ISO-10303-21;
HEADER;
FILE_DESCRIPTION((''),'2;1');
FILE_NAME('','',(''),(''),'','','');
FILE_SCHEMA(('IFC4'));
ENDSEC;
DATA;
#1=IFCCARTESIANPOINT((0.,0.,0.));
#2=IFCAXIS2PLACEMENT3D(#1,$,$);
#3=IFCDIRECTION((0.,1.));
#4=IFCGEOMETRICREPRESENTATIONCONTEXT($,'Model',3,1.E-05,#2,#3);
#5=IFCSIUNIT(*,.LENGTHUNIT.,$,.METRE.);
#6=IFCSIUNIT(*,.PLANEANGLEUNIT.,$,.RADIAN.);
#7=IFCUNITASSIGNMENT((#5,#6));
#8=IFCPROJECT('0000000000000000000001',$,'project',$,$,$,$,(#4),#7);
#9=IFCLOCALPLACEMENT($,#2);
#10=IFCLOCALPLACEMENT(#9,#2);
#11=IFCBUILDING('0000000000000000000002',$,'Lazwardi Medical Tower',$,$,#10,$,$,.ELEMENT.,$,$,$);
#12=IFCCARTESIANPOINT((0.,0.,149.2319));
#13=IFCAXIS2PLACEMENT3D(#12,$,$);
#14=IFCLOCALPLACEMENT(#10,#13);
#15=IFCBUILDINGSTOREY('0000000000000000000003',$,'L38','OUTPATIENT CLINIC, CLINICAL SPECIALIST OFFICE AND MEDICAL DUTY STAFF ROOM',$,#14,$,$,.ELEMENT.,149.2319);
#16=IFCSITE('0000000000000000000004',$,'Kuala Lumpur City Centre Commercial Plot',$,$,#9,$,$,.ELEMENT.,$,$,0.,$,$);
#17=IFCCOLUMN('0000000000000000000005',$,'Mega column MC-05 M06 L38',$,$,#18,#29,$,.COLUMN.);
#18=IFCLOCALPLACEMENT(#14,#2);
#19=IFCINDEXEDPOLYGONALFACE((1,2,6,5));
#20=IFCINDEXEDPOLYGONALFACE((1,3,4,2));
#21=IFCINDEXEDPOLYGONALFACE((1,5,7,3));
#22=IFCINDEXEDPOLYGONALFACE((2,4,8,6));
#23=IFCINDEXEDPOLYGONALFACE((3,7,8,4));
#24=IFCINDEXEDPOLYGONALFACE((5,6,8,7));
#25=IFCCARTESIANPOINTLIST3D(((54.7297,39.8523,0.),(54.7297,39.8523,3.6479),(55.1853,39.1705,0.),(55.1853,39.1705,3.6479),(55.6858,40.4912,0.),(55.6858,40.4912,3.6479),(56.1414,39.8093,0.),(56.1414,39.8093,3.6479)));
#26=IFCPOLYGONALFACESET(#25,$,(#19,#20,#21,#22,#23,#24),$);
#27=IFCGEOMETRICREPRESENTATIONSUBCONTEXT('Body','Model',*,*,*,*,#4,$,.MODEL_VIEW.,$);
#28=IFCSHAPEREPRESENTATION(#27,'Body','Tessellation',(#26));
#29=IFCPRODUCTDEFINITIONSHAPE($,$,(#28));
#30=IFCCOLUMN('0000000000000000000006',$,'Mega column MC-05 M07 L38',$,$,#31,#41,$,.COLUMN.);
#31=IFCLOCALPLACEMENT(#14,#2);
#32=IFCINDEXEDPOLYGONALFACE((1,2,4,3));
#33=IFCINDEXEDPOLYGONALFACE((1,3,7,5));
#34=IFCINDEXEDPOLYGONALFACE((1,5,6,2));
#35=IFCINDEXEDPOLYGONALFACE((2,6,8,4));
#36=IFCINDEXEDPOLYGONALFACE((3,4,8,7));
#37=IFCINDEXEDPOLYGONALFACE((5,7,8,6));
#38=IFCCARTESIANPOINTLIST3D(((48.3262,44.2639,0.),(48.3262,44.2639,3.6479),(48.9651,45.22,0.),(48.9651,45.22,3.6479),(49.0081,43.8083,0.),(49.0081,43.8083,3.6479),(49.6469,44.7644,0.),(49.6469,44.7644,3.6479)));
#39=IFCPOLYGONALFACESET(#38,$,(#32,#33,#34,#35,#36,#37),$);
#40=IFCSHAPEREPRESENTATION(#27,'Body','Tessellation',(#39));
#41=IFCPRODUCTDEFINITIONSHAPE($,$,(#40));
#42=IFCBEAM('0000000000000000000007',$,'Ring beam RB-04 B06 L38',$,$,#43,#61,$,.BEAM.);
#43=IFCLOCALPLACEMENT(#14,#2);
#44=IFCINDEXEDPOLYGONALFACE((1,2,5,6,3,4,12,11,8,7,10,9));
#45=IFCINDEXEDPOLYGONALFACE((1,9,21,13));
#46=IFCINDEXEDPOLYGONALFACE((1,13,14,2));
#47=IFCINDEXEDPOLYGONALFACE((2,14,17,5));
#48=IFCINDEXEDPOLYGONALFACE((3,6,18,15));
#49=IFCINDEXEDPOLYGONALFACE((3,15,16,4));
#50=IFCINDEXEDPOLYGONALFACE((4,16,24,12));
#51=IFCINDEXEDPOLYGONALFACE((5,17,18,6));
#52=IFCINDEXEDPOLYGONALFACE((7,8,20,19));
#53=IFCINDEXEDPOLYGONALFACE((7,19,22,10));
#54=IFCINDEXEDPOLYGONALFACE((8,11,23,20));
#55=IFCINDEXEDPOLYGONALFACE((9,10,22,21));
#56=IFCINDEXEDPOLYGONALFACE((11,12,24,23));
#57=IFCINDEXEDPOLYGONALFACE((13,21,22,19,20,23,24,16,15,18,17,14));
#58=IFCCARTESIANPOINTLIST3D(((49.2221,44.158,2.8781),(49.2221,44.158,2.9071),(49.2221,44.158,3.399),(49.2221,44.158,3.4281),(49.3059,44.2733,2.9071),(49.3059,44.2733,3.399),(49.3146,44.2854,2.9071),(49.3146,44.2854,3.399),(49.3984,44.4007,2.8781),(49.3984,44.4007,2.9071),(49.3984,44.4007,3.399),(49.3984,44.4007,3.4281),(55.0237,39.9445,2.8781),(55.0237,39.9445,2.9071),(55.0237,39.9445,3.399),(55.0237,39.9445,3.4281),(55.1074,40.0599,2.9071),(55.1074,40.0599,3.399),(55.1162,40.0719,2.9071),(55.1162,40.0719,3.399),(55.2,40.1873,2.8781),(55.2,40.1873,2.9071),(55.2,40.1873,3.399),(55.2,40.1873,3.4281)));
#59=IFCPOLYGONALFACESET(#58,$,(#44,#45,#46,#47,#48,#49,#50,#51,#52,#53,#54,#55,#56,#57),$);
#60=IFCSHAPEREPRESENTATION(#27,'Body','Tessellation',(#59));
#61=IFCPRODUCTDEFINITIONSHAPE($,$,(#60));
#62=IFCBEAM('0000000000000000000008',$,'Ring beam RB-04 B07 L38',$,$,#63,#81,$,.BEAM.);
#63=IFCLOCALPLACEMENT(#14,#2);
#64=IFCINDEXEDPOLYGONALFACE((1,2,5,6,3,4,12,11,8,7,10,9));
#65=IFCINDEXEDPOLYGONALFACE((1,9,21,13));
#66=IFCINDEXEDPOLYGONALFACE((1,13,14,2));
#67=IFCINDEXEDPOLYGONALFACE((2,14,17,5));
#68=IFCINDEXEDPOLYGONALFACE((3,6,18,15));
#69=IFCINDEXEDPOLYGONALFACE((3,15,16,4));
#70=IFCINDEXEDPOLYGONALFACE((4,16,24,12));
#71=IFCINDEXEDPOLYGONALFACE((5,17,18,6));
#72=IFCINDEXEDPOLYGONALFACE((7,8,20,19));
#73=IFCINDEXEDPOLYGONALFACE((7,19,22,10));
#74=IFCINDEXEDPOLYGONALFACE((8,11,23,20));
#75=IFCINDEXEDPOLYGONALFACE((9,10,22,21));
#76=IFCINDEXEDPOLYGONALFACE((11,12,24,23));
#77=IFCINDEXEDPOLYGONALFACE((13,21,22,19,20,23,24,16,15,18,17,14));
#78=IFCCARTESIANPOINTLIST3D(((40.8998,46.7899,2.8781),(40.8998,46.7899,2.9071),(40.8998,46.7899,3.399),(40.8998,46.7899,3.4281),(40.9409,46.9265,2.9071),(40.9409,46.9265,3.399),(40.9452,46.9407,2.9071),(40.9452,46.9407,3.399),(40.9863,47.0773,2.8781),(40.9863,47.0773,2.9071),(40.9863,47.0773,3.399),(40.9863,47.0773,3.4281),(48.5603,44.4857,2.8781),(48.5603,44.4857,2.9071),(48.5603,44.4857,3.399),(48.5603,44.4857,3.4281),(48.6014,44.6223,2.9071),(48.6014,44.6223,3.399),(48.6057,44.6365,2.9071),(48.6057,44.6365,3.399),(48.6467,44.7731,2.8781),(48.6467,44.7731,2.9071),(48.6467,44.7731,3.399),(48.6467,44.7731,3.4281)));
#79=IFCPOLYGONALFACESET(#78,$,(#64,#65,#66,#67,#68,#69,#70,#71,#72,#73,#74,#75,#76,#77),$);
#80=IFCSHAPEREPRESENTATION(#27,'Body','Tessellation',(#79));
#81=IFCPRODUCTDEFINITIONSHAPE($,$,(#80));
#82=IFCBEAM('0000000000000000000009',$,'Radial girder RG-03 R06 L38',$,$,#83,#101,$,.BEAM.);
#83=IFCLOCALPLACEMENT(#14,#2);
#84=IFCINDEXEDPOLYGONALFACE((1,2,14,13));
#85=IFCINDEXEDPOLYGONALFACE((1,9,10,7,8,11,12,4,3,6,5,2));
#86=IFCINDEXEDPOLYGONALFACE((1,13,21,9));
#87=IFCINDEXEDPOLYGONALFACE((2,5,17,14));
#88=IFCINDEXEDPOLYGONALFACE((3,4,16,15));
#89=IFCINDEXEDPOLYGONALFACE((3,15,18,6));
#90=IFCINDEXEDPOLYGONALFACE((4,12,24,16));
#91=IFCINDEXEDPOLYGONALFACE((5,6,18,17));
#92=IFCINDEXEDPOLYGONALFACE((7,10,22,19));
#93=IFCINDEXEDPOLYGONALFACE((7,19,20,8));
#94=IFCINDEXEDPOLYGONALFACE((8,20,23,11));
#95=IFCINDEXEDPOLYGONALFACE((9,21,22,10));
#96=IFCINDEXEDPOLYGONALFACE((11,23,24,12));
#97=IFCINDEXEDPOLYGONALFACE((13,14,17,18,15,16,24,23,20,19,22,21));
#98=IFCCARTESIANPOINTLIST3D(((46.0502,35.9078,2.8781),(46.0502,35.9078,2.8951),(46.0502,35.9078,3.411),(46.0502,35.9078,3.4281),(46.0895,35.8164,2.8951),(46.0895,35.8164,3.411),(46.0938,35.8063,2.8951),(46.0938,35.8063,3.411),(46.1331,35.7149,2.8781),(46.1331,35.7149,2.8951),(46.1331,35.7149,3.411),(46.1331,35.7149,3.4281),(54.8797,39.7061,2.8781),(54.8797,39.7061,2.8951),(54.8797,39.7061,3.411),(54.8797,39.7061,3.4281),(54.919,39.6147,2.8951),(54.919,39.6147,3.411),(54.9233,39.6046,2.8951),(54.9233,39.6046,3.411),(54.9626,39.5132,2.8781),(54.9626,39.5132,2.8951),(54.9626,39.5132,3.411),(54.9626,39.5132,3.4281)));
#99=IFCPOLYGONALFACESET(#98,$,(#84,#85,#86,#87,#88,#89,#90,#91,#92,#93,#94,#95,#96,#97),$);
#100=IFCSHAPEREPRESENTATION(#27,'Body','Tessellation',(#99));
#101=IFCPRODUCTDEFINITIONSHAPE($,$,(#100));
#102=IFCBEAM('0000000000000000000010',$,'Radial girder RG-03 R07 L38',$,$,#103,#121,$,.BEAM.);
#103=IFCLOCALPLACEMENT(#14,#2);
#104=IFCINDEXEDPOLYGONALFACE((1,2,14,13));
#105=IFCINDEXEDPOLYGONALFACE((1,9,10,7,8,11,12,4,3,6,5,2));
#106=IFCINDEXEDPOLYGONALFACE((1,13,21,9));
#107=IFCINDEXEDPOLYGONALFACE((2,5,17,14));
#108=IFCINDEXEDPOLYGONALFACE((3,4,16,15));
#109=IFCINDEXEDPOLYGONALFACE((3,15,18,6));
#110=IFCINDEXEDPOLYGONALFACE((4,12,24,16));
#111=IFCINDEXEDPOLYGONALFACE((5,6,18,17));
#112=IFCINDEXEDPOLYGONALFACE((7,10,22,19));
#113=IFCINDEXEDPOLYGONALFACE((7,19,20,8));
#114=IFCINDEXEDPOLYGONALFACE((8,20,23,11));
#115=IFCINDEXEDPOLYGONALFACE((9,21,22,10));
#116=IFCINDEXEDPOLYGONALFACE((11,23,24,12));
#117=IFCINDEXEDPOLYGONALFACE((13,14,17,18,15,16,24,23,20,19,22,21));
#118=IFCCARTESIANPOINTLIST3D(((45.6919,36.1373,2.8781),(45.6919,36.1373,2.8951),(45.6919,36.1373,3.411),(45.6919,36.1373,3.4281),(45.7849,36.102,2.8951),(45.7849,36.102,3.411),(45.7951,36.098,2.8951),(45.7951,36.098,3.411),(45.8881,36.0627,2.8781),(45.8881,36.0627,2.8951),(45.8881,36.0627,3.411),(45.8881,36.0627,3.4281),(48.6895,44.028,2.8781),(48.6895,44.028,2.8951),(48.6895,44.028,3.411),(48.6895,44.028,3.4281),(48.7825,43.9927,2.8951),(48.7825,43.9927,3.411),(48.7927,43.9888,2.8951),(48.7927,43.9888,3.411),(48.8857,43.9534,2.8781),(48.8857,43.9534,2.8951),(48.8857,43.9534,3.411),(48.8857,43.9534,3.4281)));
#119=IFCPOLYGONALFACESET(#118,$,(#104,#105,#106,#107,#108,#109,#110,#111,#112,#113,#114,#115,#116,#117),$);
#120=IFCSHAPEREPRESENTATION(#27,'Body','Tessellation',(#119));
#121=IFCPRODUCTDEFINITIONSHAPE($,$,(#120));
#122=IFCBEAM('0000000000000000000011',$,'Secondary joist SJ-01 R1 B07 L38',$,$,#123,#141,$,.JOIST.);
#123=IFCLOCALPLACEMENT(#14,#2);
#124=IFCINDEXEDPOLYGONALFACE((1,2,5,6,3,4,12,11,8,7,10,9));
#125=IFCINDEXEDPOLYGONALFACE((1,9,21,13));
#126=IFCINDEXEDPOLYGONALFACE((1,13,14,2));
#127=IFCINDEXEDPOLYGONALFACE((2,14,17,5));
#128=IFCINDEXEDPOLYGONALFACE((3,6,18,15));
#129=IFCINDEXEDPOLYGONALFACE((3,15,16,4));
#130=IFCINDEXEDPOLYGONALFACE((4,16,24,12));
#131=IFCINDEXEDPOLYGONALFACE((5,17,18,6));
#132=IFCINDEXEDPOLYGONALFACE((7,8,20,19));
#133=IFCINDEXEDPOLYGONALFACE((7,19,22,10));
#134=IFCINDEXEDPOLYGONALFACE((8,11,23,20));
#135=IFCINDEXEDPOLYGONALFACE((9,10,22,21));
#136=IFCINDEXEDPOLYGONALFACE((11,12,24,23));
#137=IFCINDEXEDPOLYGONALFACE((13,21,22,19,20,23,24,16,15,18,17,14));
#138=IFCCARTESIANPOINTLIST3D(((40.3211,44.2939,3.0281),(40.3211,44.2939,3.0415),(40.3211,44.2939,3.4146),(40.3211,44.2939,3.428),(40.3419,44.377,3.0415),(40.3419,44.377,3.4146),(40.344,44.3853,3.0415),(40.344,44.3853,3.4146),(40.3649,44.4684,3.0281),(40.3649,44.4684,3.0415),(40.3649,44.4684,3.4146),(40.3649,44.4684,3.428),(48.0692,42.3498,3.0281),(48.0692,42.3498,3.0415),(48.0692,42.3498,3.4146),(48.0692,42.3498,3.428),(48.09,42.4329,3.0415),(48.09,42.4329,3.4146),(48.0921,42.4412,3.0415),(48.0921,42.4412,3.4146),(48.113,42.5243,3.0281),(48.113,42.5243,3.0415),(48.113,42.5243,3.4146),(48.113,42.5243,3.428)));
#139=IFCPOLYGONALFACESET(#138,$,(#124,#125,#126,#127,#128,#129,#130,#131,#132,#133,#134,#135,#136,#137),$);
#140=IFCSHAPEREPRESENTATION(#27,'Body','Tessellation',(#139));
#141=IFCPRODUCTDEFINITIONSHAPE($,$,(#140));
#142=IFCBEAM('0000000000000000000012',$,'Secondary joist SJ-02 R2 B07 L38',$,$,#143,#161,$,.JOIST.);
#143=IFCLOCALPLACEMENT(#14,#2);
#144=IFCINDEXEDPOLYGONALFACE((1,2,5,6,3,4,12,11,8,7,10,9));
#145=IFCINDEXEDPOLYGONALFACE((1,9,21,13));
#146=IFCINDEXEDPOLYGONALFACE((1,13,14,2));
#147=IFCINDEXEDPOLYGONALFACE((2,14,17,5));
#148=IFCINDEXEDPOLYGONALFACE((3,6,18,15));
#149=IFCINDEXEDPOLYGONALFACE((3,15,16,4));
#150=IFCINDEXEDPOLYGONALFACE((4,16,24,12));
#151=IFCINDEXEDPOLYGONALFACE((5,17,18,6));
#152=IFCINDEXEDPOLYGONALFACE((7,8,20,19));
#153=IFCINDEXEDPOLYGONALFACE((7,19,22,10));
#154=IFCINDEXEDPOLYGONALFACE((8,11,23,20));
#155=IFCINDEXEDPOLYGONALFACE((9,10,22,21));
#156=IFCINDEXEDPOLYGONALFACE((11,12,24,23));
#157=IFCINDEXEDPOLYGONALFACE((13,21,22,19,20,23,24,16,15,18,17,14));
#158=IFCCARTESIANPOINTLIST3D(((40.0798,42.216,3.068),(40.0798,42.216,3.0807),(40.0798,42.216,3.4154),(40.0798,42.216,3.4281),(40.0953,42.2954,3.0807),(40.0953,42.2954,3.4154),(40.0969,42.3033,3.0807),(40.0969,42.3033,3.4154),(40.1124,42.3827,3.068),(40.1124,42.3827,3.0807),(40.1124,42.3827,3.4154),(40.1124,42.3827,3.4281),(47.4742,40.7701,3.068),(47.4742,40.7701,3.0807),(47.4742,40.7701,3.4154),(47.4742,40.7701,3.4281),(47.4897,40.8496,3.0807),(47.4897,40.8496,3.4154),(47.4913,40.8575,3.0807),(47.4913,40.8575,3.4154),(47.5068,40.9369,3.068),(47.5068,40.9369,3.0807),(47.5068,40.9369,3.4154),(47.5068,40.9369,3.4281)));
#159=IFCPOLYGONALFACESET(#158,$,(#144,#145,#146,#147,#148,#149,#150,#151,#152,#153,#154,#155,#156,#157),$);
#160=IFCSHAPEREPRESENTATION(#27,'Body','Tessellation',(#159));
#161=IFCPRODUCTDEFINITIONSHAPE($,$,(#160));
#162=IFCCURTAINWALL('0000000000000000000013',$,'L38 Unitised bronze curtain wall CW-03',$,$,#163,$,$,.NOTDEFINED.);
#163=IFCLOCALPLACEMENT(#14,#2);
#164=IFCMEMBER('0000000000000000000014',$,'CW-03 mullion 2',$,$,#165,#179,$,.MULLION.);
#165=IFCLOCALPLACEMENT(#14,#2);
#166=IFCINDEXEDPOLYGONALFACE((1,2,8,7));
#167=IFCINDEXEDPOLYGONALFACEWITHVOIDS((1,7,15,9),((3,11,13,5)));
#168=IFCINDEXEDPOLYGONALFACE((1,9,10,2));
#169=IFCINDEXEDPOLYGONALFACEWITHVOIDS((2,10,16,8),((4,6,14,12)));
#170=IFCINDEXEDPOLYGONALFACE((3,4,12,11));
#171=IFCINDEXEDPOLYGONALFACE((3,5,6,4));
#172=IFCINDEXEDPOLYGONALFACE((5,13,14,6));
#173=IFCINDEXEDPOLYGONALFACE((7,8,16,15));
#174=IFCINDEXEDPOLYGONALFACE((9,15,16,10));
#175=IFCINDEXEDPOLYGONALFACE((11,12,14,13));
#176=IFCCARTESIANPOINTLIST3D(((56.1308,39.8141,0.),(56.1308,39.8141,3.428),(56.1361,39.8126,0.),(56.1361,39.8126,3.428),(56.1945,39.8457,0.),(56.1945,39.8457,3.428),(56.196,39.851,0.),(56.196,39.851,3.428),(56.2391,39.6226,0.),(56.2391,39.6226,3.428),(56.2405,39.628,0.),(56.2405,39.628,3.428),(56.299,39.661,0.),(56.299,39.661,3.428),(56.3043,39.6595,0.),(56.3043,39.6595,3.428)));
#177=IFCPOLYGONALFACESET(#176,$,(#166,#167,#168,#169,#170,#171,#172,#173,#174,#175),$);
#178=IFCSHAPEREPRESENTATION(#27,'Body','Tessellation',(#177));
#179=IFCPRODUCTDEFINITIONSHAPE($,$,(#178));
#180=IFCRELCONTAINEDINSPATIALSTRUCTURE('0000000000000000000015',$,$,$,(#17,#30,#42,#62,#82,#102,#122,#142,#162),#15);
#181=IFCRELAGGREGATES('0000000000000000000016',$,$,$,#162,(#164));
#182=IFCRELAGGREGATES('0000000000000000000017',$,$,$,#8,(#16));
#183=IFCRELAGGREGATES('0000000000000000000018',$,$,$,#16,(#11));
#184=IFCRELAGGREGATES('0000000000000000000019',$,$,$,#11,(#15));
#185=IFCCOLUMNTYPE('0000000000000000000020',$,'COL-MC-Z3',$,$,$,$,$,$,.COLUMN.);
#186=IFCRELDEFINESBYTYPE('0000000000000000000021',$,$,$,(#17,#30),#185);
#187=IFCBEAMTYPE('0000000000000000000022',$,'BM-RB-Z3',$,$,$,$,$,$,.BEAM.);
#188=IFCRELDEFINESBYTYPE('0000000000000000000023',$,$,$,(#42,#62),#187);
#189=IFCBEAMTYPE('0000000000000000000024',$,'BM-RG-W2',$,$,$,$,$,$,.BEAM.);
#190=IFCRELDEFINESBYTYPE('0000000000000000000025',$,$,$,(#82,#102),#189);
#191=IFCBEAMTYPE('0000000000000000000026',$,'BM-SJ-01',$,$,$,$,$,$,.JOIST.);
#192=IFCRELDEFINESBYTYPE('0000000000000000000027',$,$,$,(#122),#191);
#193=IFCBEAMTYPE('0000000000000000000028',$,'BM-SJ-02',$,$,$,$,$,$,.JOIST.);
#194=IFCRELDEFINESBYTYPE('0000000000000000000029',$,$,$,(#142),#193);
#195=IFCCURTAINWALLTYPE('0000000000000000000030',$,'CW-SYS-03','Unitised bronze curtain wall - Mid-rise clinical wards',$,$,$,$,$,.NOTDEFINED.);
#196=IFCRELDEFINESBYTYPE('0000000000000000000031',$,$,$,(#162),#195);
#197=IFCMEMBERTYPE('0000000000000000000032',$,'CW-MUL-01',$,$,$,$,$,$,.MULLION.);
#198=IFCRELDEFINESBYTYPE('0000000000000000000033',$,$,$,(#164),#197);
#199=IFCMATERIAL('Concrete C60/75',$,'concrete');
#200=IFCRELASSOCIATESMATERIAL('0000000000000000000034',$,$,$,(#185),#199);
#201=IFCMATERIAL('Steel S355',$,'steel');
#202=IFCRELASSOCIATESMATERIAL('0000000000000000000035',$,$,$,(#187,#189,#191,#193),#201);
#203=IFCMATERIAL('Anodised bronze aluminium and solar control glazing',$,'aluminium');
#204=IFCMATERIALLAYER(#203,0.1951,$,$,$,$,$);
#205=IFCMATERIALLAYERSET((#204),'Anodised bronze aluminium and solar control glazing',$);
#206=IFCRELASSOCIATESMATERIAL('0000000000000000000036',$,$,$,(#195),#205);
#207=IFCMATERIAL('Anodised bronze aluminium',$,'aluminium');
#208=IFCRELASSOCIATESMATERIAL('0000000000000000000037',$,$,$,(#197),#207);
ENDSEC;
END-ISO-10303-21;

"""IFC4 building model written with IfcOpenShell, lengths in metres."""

from ifc_helpers import new_model, si_unit, direction, frame, origin, origin_2d, place, context, subcontext, project, spatial, rectangle, hollow_rectangle, i_section, extrude, material, layer, layer_set, material_profile, profile_set, type_object, element, aggregate, save


model = new_model("IFC4")

# Units and contexts
model_context = context("Model", 3, precision=1e-05, world=origin(), true_north=direction((0.0, 1.0)))
body_context = subcontext(model_context, "Body", "Model", "MODEL_VIEW")
ifc_project = project(units=[si_unit("LENGTHUNIT", "METRE"), si_unit("PLANEANGLEUNIT", "RADIAN")], contexts=[model_context])

# Site, building, storey
site_placement = place(None, origin())
site = spatial("IfcSite", under=ifc_project, at=site_placement, Name="Kuala Lumpur City Centre Commercial Plot", CompositionType="ELEMENT", RefElevation=0.0)
building_placement = place(site_placement, origin())
building = spatial("IfcBuilding", under=site, at=building_placement, Name="Lazwardi Medical Tower", CompositionType="ELEMENT")
storey_placement = place(building_placement, frame((0.0, 0.0, 149.2319)))
storey = spatial("IfcBuildingStorey", under=building, at=storey_placement, Name="L38", Description="OUTPATIENT CLINIC, CLINICAL SPECIALIST OFFICE AND MEDICAL DUTY STAFF ROOM", CompositionType="ELEMENT", Elevation=149.2319)

# Columns
ifc_material_1 = material(Name="Concrete C60/75", Category="concrete")
ifc_material_profile_1 = material_profile(ifc_material_1, rectangle(XDim=1.1499, YDim=0.8201, at=origin_2d()), Name="CFT-RECT 1150x820")
ifc_profile_set_1 = profile_set([ifc_material_profile_1], Name="Concrete C60/75")
column_type = type_object("IfcColumnType", Name="COL-MC-Z3", PredefinedType="COLUMN", material=ifc_profile_set_1)
for number, where, z_axis, x_axis, name in (
    (1, (55.4355, 39.8308, 0.0), (0.0, 0.0, 1.0), (0.83147, 0.55557, 0.0), "Mega column MC-05 M06 L38"),
    (2, (48.9866, 44.5142, 0.0), (0.0, 0.0, 1.0), (0.55557, 0.83147, 0.0), "Mega column MC-05 M07 L38"),
):
    element("IfcColumn", number, at=place(storey_placement, frame(where, z_axis=z_axis, x_axis=x_axis)), inside=storey, type_object=column_type, Name=name, PredefinedType="COLUMN", context=body_context, shape_type="SweptSolid", body=[
        extrude(rectangle(XDim=1.1499, YDim=0.8201, at=origin_2d()), origin(), (0.0, 0.0, 1.0), 3.6479),
    ])

# Beams
ifc_material_2 = material(Name="Steel S355", Category="steel")
ifc_material_profile_2 = material_profile(ifc_material_2, i_section(OverallWidth=0.3, OverallDepth=0.55, WebThickness=0.0149, FlangeThickness=0.0291, at=origin_2d()), Name="HEB 550")
ifc_profile_set_2 = profile_set([ifc_material_profile_2], Name="Steel S355")
beam_type_1 = type_object("IfcBeamType", Name="BM-RB-Z3", PredefinedType="BEAM", material=ifc_profile_set_2)
beam_1_placement = place(storey_placement, frame((55.1118, 40.0659, 3.1531), z_axis=(-0.809128, 0.587633, 0.0), x_axis=(-0.587633, -0.809128, 0.0)))
element("IfcBeam", 3, at=beam_1_placement, inside=storey, type_object=beam_type_1, Name="Ring beam RB-04 B06 L38", PredefinedType="BEAM", context=body_context, shape_type="SweptSolid", body=[
    extrude(i_section(OverallWidth=0.3, OverallDepth=0.55, WebThickness=0.0149, FlangeThickness=0.0291, at=origin_2d()), origin(), (0.0, 0.0, 1.0), 7.1702),
])
beam_2_placement = place(storey_placement, frame((48.6035, 44.6294, 3.1531), z_axis=(-0.957617, 0.288045, 0.0), x_axis=(-0.288045, -0.957617, 0.0)))
element("IfcBeam", 4, at=beam_2_placement, inside=storey, type_object=beam_type_1, Name="Ring beam RB-04 B07 L38", PredefinedType="BEAM", context=body_context, shape_type="SweptSolid", body=[
    extrude(i_section(OverallWidth=0.3, OverallDepth=0.55, WebThickness=0.0149, FlangeThickness=0.0291, at=origin_2d()), origin(), (0.0, 0.0, 1.0), 7.9995),
])
ifc_material_profile_3 = material_profile(ifc_material_2, i_section(OverallWidth=0.21, OverallDepth=0.55, WebThickness=0.011, FlangeThickness=0.0171, at=origin_2d()), Name="IPE 550")
ifc_profile_set_3 = profile_set([ifc_material_profile_3], Name="Steel S355")
beam_type_2 = type_object("IfcBeamType", Name="BM-RG-W2", PredefinedType="BEAM", material=ifc_profile_set_3)
beam_3_placement = place(storey_placement, frame((54.9211, 39.6096, 3.1531), z_axis=(-0.918608, -0.39517, 0.0), x_axis=(0.39517, -0.918608, 0.0)))
element("IfcBeam", 5, at=beam_3_placement, inside=storey, type_object=beam_type_2, Name="Radial girder RG-03 R06 L38", PredefinedType="BEAM", context=body_context, shape_type="SweptSolid", body=[
    extrude(i_section(OverallWidth=0.21, OverallDepth=0.55, WebThickness=0.011, FlangeThickness=0.0171, at=origin_2d()), origin(), (0.0, 0.0, 1.0), 9.6118),
])
beam_4_placement = place(storey_placement, frame((48.7876, 43.9907, 3.1531), z_axis=(-0.355127, -0.934818, 0.0), x_axis=(0.934818, -0.355127, 0.0)))
element("IfcBeam", 6, at=beam_4_placement, inside=storey, type_object=beam_type_2, Name="Radial girder RG-03 R07 L38", PredefinedType="BEAM", context=body_context, shape_type="SweptSolid", body=[
    extrude(i_section(OverallWidth=0.21, OverallDepth=0.55, WebThickness=0.011, FlangeThickness=0.0171, at=origin_2d()), origin(), (0.0, 0.0, 1.0), 8.4409),
])
ifc_material_profile_4 = material_profile(ifc_material_2, i_section(OverallWidth=0.1799, OverallDepth=0.3999, WebThickness=0.0085, FlangeThickness=0.0134, at=origin_2d()), Name="IPE 400")
ifc_profile_set_4 = profile_set([ifc_material_profile_4], Name="Steel S355")
beam_type_3 = type_object("IfcBeamType", Name="BM-SJ-01", PredefinedType="JOIST", material=ifc_profile_set_4)
beam_5_placement = place(storey_placement, frame((48.0911, 42.437, 3.228), z_axis=(-0.969934, 0.24337, 0.0), x_axis=(-0.24337, -0.969934, 0.0)))
element("IfcBeam", 7, at=beam_5_placement, inside=storey, type_object=beam_type_3, Name="Secondary joist SJ-01 R1 B07 L38", PredefinedType="JOIST", context=body_context, shape_type="SweptSolid", body=[
    extrude(i_section(OverallWidth=0.1799, OverallDepth=0.3999, WebThickness=0.0085, FlangeThickness=0.0134, at=origin_2d()), origin(), (0.0, 0.0, 1.0), 7.9883),
])
ifc_material_profile_5 = material_profile(ifc_material_2, i_section(OverallWidth=0.1699, OverallDepth=0.3601, WebThickness=0.0081, FlangeThickness=0.0127, at=origin_2d()), Name="IPE 360")
ifc_profile_set_5 = profile_set([ifc_material_profile_5], Name="Steel S355")
beam_type_4 = type_object("IfcBeamType", Name="BM-SJ-02", PredefinedType="JOIST", material=ifc_profile_set_5)
beam_6_placement = place(storey_placement, frame((47.4905, 40.8535, 3.248), z_axis=(-0.981415, 0.191896, 0.0), x_axis=(-0.191896, -0.981415, 0.0)))
element("IfcBeam", 8, at=beam_6_placement, inside=storey, type_object=beam_type_4, Name="Secondary joist SJ-02 R2 B07 L38", PredefinedType="JOIST", context=body_context, shape_type="SweptSolid", body=[
    extrude(i_section(OverallWidth=0.1699, OverallDepth=0.3601, WebThickness=0.0081, FlangeThickness=0.0127, at=origin_2d()), origin(), (0.0, 0.0, 1.0), 7.5344),
])

# Curtain wall, member
ifc_material_3 = material(Name="Anodised bronze aluminium and solar control glazing", Category="aluminium")
ifc_layer_1 = layer(ifc_material_3, 0.1951)
ifc_layer_set_1 = layer_set([ifc_layer_1], Name="Anodised bronze aluminium and solar control glazing")
curtain_wall_type = type_object("IfcCurtainWallType", Name="CW-SYS-03", Description="Unitised bronze curtain wall - Mid-rise clinical wards", PredefinedType="NOTDEFINED", material=ifc_layer_set_1)
curtain_wall_1_placement = place(storey_placement, origin())
curtain_wall_1 = element("IfcCurtainWall", 9, at=curtain_wall_1_placement, inside=storey, type_object=curtain_wall_type, Name="L38 Unitised bronze curtain wall CW-03", PredefinedType="NOTDEFINED")
ifc_material_4 = material(Name="Anodised bronze aluminium", Category="aluminium")
ifc_material_profile_6 = material_profile(ifc_material_4, hollow_rectangle(XDim=0.075, YDim=0.22, WallThickness=0.0039, at=origin_2d()), Name="ALU-MULLION 220x75x4")
ifc_profile_set_6 = profile_set([ifc_material_profile_6], Name="Anodised bronze aluminium")
member_type_1 = type_object("IfcMemberType", Name="CW-MUL-01", PredefinedType="MULLION", material=ifc_profile_set_6)
member_1_placement = place(storey_placement, frame((56.2175, 39.7368, 0.0), z_axis=(0.0, 0.0, 1.0), x_axis=(-0.870419, -0.492312, 0.0)))
member_1 = element("IfcMember", 10, at=member_1_placement, type_object=member_type_1, Name="CW-03 mullion 2", PredefinedType="MULLION", context=body_context, shape_type="SweptSolid", body=[
    extrude(hollow_rectangle(XDim=0.075, YDim=0.22, WallThickness=0.0039, at=origin_2d()), origin(), (0.0, 0.0, 1.0), 3.428),
])
aggregate(curtain_wall_1, [member_1])

save(model, "model.ifc")
